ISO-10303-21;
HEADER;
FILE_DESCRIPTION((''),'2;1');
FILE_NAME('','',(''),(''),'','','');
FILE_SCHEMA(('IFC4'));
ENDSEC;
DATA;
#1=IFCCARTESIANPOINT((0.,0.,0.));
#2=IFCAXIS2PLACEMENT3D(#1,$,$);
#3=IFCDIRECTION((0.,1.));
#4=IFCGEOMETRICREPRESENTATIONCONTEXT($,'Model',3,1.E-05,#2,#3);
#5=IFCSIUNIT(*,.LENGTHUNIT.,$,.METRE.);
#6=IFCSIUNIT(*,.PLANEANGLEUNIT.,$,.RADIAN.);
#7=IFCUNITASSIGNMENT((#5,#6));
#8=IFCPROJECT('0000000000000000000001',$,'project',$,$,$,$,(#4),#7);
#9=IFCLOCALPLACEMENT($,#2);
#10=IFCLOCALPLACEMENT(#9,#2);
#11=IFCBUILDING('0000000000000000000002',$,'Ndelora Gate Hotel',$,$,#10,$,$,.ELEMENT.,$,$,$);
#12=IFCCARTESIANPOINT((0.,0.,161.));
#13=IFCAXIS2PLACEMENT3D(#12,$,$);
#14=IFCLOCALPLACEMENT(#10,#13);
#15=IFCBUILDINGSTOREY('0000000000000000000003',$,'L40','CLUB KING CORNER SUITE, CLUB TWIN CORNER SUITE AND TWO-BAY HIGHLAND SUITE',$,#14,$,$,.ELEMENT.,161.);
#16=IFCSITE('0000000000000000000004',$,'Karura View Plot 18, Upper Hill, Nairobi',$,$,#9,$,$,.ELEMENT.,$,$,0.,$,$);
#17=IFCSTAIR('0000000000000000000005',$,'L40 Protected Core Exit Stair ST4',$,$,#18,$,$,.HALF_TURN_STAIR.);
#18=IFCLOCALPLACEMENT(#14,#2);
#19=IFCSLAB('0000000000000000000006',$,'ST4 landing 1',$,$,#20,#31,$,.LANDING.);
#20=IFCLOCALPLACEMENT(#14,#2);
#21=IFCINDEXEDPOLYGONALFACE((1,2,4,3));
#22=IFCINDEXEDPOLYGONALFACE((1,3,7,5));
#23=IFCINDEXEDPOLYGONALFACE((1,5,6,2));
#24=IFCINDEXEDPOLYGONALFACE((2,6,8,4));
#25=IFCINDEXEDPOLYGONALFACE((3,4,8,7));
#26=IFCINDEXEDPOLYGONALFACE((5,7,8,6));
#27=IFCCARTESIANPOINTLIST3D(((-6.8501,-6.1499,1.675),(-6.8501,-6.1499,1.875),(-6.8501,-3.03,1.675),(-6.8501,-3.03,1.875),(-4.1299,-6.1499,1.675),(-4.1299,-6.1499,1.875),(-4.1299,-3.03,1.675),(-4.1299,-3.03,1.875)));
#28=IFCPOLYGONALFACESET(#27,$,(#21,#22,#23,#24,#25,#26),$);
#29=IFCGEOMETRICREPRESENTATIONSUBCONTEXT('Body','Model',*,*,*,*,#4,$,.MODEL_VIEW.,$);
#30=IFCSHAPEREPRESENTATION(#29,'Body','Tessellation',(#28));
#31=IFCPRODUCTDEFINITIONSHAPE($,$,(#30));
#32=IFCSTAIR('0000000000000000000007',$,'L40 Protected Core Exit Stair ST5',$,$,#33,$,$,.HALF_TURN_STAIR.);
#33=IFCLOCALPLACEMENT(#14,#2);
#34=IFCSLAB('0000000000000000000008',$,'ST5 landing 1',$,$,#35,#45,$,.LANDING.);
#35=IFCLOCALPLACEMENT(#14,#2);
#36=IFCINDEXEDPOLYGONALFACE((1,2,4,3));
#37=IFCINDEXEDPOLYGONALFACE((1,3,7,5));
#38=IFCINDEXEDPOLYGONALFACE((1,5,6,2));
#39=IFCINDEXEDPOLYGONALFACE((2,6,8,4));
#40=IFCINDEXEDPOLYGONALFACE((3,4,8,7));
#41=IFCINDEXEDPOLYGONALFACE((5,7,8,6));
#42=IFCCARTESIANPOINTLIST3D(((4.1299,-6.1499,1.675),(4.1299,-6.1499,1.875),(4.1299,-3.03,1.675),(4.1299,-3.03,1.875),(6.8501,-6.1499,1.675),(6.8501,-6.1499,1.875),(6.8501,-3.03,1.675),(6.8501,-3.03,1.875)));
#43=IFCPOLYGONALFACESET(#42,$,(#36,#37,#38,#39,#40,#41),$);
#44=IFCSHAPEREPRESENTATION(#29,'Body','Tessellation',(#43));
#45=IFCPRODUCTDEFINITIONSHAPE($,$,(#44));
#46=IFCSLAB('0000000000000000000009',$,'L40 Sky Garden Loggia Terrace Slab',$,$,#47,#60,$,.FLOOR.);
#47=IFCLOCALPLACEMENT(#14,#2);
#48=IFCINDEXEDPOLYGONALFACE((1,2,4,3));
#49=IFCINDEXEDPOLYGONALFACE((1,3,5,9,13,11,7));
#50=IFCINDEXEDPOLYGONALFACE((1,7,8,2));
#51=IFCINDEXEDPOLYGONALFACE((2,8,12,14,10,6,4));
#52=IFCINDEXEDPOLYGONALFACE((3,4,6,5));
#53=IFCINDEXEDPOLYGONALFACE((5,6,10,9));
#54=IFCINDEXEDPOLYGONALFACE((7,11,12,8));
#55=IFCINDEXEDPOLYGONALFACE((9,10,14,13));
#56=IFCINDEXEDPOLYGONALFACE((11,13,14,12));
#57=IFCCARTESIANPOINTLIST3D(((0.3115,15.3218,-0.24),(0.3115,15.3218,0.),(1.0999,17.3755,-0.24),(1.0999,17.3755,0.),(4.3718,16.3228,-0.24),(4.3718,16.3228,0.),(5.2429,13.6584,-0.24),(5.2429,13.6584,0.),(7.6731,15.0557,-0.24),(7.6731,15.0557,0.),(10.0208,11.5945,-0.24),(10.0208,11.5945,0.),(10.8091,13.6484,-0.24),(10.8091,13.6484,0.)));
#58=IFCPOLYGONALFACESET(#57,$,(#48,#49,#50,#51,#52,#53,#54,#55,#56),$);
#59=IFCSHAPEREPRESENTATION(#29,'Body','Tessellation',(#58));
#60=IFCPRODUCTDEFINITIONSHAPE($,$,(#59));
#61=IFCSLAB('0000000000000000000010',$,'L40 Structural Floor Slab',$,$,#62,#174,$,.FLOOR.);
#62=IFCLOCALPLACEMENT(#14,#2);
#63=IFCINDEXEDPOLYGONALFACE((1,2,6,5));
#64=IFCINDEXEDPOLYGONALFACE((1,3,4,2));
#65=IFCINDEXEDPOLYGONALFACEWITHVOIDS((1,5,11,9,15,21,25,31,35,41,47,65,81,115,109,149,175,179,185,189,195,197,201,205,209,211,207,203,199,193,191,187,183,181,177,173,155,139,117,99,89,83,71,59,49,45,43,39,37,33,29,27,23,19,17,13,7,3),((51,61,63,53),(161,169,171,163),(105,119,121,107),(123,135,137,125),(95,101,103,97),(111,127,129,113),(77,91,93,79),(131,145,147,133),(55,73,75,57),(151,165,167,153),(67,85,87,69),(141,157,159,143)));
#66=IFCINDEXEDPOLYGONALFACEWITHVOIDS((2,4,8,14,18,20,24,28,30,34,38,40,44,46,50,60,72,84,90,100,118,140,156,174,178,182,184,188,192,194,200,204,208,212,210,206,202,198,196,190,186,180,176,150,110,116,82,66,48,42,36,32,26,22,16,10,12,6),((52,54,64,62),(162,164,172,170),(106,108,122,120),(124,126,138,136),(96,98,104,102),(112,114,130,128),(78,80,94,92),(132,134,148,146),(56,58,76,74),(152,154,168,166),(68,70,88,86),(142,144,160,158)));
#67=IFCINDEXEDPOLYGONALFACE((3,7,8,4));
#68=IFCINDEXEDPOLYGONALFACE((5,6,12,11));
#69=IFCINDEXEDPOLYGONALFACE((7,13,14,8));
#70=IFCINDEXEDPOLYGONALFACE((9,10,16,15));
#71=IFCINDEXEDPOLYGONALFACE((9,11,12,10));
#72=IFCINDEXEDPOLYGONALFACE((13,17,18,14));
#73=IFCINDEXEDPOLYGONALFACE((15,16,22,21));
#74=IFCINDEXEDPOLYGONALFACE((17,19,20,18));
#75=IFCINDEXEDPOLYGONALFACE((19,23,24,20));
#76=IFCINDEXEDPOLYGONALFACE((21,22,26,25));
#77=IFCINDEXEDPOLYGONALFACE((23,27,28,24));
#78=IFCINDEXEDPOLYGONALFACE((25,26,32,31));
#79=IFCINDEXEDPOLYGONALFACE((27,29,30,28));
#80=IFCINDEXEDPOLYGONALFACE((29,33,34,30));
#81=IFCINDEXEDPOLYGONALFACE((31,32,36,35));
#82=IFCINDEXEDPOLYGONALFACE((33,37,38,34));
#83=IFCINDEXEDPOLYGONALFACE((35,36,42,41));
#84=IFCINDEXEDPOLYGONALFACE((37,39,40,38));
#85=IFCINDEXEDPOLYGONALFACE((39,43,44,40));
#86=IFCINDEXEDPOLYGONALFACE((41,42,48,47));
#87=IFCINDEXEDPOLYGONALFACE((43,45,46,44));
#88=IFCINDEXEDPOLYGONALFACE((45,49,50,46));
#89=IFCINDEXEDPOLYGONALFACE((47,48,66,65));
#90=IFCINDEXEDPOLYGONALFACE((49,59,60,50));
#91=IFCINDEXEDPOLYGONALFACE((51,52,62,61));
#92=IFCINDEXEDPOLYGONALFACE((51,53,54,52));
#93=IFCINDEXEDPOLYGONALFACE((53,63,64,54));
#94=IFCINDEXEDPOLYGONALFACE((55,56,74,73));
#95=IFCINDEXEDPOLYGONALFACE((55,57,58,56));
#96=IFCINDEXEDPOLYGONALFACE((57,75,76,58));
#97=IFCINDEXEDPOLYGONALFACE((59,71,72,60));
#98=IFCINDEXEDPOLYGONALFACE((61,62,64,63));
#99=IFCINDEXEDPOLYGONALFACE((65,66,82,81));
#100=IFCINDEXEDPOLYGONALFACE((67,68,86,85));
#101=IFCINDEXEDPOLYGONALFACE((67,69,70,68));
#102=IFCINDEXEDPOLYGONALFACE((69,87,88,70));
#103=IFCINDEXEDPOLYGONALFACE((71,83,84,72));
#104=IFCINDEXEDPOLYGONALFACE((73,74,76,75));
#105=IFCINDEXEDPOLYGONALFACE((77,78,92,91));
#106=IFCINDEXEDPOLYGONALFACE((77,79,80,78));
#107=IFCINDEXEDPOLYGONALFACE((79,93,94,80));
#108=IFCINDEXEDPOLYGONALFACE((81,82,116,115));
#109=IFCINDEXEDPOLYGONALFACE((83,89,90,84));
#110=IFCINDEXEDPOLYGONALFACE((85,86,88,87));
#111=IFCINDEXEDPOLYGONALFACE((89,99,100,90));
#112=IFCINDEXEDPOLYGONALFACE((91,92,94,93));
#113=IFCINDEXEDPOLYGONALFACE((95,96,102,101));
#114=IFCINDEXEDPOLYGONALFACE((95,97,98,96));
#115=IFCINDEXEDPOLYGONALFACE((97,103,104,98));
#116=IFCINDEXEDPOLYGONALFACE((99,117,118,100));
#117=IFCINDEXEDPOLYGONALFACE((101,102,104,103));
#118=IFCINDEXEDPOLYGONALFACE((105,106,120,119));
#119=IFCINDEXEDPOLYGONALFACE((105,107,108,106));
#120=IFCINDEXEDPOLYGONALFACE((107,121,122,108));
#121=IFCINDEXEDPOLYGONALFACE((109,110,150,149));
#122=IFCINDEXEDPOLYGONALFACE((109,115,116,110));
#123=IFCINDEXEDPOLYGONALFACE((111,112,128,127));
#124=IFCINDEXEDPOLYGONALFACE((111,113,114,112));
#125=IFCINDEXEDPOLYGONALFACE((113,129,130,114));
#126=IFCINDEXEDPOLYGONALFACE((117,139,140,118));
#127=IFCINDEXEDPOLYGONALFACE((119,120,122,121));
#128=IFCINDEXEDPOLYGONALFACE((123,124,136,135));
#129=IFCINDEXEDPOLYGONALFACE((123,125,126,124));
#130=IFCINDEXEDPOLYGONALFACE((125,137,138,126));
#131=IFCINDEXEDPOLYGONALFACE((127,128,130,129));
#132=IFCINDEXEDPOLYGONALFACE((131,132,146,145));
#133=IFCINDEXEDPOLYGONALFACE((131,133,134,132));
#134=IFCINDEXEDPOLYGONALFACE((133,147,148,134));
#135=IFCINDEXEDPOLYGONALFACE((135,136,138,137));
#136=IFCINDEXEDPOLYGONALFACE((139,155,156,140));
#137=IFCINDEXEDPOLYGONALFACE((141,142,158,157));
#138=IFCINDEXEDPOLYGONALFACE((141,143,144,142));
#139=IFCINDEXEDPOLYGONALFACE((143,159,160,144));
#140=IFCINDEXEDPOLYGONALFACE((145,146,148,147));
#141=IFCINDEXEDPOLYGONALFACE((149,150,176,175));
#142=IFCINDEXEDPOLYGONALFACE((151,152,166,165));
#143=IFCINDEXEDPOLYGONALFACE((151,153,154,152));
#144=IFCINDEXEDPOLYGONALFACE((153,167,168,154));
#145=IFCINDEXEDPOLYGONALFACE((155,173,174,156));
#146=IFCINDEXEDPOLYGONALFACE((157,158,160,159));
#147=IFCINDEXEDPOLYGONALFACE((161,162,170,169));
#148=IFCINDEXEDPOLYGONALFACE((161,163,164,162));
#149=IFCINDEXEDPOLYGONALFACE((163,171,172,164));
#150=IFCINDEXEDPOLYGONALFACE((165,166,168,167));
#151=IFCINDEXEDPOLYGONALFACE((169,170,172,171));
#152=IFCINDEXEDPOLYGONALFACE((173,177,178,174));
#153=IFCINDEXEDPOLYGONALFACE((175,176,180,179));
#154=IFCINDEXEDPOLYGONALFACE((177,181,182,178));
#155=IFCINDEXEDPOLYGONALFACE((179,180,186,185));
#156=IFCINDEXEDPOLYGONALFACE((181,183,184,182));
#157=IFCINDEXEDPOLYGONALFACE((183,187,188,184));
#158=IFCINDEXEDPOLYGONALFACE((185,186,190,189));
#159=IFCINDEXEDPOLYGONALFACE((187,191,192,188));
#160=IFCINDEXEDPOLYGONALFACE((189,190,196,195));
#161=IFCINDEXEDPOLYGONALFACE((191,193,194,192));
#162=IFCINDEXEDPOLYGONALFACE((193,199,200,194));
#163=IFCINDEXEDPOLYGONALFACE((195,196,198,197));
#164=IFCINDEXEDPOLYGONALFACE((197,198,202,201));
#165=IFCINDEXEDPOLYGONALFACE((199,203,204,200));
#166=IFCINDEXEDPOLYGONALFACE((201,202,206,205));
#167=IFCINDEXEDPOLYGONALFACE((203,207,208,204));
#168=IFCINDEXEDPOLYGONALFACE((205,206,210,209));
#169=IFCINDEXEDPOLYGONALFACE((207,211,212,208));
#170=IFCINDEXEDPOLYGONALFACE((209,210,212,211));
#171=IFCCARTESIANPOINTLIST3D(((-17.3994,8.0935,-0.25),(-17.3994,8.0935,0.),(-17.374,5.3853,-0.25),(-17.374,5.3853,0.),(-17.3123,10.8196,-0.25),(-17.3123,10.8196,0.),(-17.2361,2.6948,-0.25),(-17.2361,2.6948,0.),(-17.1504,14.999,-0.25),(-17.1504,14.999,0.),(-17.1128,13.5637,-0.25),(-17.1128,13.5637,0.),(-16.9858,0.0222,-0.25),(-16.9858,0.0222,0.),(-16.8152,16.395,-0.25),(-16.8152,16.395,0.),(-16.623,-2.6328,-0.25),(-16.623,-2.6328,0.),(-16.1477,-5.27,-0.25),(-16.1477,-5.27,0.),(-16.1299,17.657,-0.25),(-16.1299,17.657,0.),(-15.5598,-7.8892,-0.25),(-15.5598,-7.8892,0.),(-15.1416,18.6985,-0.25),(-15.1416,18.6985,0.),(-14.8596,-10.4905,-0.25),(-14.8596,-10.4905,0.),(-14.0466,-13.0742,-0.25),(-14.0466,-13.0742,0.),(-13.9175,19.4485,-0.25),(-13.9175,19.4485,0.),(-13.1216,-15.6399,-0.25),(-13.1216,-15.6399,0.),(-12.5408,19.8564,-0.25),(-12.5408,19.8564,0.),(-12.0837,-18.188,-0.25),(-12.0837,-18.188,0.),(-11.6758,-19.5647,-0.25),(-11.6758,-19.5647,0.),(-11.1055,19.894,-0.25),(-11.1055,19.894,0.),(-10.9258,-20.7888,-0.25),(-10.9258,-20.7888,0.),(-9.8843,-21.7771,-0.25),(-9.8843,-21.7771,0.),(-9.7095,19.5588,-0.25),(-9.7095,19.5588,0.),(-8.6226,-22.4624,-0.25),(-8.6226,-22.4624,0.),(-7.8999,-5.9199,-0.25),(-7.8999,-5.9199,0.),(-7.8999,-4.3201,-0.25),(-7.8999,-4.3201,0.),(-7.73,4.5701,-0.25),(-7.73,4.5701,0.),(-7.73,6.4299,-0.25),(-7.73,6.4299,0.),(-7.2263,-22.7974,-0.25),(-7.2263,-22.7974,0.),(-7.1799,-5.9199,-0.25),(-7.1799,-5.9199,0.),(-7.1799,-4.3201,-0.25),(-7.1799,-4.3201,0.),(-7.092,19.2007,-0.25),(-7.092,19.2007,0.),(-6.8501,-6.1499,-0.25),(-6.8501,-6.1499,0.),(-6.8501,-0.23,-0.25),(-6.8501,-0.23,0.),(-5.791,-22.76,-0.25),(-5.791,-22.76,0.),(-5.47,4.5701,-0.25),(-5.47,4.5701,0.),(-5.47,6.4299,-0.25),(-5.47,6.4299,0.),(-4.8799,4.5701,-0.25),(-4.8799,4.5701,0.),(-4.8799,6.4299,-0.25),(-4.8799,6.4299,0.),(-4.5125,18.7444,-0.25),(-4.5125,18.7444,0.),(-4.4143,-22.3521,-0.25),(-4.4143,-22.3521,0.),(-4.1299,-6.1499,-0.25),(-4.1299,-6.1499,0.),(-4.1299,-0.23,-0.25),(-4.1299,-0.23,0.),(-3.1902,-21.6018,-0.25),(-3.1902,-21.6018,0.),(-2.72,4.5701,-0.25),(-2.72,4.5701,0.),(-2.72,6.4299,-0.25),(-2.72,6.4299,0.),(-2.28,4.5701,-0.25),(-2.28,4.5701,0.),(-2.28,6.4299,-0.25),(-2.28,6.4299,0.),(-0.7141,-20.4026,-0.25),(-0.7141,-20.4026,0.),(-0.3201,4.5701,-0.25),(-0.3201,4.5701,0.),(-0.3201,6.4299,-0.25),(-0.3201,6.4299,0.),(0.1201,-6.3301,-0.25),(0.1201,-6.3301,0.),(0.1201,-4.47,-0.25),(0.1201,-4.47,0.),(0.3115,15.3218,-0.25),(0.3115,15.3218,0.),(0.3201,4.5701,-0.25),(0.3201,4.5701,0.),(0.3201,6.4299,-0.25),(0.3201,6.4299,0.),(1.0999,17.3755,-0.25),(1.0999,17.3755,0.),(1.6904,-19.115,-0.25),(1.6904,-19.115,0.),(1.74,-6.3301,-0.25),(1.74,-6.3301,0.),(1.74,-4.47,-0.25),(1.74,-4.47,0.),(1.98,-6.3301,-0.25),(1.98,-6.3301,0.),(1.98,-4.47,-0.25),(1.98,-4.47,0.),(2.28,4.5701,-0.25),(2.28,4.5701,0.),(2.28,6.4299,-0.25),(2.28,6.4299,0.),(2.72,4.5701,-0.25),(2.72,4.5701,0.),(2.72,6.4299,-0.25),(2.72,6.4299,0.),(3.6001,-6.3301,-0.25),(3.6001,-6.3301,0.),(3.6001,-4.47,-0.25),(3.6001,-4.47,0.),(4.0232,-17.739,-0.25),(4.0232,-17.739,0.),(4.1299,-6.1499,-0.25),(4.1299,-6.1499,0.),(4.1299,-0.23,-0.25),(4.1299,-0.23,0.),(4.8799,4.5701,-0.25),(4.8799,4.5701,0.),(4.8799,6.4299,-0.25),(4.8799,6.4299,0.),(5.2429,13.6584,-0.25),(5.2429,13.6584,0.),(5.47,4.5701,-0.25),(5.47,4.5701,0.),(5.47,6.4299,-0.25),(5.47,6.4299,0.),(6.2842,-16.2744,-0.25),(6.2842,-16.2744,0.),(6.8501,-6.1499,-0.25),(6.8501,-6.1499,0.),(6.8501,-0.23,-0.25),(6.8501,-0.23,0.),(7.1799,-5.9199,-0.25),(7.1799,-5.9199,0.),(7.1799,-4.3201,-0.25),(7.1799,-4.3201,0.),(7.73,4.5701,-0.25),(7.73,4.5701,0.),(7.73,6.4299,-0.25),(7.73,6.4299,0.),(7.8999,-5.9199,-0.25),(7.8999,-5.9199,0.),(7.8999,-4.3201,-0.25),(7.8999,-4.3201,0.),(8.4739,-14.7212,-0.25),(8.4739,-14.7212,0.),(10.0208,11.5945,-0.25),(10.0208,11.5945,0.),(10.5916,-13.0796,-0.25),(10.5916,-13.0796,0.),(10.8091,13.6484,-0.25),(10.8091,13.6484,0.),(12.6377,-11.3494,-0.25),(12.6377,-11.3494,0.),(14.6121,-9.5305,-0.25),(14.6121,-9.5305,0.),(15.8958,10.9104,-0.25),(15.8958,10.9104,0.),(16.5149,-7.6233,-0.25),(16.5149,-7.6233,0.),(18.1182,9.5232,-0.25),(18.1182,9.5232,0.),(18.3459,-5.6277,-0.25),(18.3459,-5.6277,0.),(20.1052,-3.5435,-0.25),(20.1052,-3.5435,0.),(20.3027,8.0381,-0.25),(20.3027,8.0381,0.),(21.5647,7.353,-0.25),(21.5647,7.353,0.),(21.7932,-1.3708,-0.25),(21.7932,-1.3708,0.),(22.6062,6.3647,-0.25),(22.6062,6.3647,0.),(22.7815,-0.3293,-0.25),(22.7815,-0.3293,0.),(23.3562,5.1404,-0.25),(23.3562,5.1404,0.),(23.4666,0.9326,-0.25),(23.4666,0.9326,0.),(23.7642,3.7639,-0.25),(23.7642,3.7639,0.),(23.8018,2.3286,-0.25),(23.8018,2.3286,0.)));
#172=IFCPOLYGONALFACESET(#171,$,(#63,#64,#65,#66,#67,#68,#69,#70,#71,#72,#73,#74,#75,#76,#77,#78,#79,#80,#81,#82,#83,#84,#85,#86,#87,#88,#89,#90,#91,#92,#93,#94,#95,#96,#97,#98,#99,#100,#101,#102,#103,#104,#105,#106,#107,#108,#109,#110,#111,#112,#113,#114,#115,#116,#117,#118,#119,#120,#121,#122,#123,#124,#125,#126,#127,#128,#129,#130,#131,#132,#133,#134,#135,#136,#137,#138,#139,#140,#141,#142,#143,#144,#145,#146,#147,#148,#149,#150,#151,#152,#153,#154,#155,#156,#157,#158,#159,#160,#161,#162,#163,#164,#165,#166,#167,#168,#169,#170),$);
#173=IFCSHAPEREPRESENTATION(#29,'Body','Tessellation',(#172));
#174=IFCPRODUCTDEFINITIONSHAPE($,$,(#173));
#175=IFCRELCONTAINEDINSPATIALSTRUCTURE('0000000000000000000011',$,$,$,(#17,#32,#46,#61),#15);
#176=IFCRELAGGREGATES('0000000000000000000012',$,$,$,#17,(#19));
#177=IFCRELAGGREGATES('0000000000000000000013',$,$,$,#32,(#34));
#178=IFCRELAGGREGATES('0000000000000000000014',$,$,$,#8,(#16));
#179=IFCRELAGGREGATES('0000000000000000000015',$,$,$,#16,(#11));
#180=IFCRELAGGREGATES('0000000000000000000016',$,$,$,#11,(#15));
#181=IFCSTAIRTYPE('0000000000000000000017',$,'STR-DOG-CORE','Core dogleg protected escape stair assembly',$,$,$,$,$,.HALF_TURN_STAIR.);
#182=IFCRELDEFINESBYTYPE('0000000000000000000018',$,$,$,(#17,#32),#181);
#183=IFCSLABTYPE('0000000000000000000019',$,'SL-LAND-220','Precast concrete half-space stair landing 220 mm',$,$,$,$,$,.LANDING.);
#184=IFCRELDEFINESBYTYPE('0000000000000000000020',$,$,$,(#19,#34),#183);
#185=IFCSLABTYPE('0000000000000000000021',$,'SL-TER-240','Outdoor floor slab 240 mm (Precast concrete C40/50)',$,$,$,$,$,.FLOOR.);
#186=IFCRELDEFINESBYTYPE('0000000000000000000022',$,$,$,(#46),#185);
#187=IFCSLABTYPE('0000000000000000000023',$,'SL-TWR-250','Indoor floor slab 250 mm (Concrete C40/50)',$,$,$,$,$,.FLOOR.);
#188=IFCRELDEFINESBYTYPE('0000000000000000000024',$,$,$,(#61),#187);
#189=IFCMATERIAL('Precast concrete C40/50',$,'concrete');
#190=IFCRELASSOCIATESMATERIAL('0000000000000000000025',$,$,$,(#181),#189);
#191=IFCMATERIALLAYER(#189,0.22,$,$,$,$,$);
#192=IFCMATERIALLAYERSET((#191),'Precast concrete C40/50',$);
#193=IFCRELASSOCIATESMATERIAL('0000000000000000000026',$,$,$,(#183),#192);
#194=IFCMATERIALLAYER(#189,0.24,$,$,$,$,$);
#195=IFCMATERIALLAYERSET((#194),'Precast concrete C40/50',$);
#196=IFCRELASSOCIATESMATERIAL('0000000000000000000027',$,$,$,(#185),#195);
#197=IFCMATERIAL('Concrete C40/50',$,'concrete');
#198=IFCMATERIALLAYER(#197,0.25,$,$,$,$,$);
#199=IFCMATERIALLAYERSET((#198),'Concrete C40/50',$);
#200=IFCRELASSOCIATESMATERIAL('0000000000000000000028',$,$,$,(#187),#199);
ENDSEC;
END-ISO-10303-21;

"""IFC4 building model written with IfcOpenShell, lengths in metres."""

from ifc_helpers import new_model, si_unit, direction, frame, origin, place, context, subcontext, project, spatial, polyline, outline, extrude, material, layer, layer_set, type_object, element, aggregate, save


model = new_model("IFC4")

# Units and contexts
model_context = context("Model", 3, precision=1e-05, world=origin(), true_north=direction((0.0, 1.0)))
body_context = subcontext(model_context, "Body", "Model", "MODEL_VIEW")
ifc_project = project(units=[si_unit("LENGTHUNIT", "METRE"), si_unit("PLANEANGLEUNIT", "RADIAN")], contexts=[model_context])

# Site, building, storey
site_placement = place(None, origin())
site = spatial("IfcSite", under=ifc_project, at=site_placement, Name="Karura View Plot 18, Upper Hill, Nairobi", CompositionType="ELEMENT", RefElevation=0.0)
building_placement = place(site_placement, origin())
building = spatial("IfcBuilding", under=site, at=building_placement, Name="Ndelora Gate Hotel", CompositionType="ELEMENT")
storey_placement = place(building_placement, frame((0.0, 0.0, 161.0)))
storey = spatial("IfcBuildingStorey", under=building, at=storey_placement, Name="L40", Description="CLUB KING CORNER SUITE, CLUB TWIN CORNER SUITE AND TWO-BAY HIGHLAND SUITE", CompositionType="ELEMENT", Elevation=161.0)

# Stairs, slabs
ifc_material_1 = material(Name="Precast concrete C40/50", Category="concrete")
stair_type = type_object("IfcStairType", Name="STR-DOG-CORE", Description="Core dogleg protected escape stair assembly", PredefinedType="HALF_TURN_STAIR", material=ifc_material_1)
stair_1_placement = place(storey_placement, origin())
stair_1 = element("IfcStair", 1, at=stair_1_placement, inside=storey, type_object=stair_type, Name="L40 Protected Core Exit Stair ST4", PredefinedType="HALF_TURN_STAIR")
ifc_layer_1 = layer(ifc_material_1, 0.22)
ifc_layer_set_1 = layer_set([ifc_layer_1], Name="Precast concrete C40/50")
slab_type_1 = type_object("IfcSlabType", Name="SL-LAND-220", Description="Precast concrete half-space stair landing 220 mm", PredefinedType="LANDING", material=ifc_layer_set_1)
slab_1_placement = place(storey_placement, frame((0.0, 0.0, 1.675)))
slab_1 = element("IfcSlab", 2, at=slab_1_placement, type_object=slab_type_1, Name="ST4 landing 1", PredefinedType="LANDING", context=body_context, shape_type="SweptSolid", body=[
    extrude(outline(polyline([(-6.8501, -3.03), (-6.8501, -6.1499), (-4.1299, -6.1499), (-4.1299, -3.03), (-6.8501, -3.03)])), origin(), (0.0, 0.0, 1.0), 0.2),
])
aggregate(stair_1, [slab_1])
stair_2_placement = place(storey_placement, origin())
stair_2 = element("IfcStair", 3, at=stair_2_placement, inside=storey, type_object=stair_type, Name="L40 Protected Core Exit Stair ST5", PredefinedType="HALF_TURN_STAIR")
slab_2_placement = place(storey_placement, frame((0.0, 0.0, 1.675)))
slab_2 = element("IfcSlab", 4, at=slab_2_placement, type_object=slab_type_1, Name="ST5 landing 1", PredefinedType="LANDING", context=body_context, shape_type="SweptSolid", body=[
    extrude(outline(polyline([(4.1299, -3.03), (4.1299, -6.1499), (6.8501, -6.1499), (6.8501, -3.03), (4.1299, -3.03)])), origin(), (0.0, 0.0, 1.0), 0.2),
])

# Slabs
ifc_layer_2 = layer(ifc_material_1, 0.24)
ifc_layer_set_2 = layer_set([ifc_layer_2], Name="Precast concrete C40/50")
slab_type_2 = type_object("IfcSlabType", Name="SL-TER-240", Description="Outdoor floor slab 240 mm (Precast concrete C40/50)", PredefinedType="FLOOR", material=ifc_layer_set_2)
slab_3_placement = place(storey_placement, frame((0.0, 0.0, -0.24)))
element("IfcSlab", 5, at=slab_3_placement, inside=storey, type_object=slab_type_2, Name="L40 Sky Garden Loggia Terrace Slab", PredefinedType="FLOOR", context=body_context, shape_type="SweptSolid", body=[
    extrude(outline(polyline([(10.0208, 11.5945), (10.8091, 13.6484), (7.6731, 15.0557), (4.3718, 16.3228), (1.0999, 17.3755), (0.3115, 15.3218), (5.2429, 13.6584), (10.0208, 11.5945)])), origin(), (0.0, 0.0, 1.0), 0.24),
])
ifc_material_2 = material(Name="Concrete C40/50", Category="concrete")
ifc_layer_3 = layer(ifc_material_2, 0.25)
ifc_layer_set_3 = layer_set([ifc_layer_3], Name="Concrete C40/50")
slab_type_3 = type_object("IfcSlabType", Name="SL-TWR-250", Description="Indoor floor slab 250 mm (Concrete C40/50)", PredefinedType="FLOOR", material=ifc_layer_set_3)
slab_4_placement = place(storey_placement, frame((0.0, 0.0, -0.25)))
element("IfcSlab", 6, at=slab_4_placement, inside=storey, type_object=slab_type_3, Name="L40 Structural Floor Slab", PredefinedType="FLOOR", context=body_context, shape_type="SweptSolid", body=[
    extrude(outline(polyline([(-9.7095, 19.5588), (-11.1055, 19.894), (-12.5408, 19.8564), (-13.9175, 19.4485), (-15.1416, 18.6985), (-16.1299, 17.657), (-16.8152, 16.395), (-17.1504, 14.999), (-17.1128, 13.5637), (-17.3123, 10.8196), (-17.3994, 8.0935), (-17.374, 5.3853), (-17.2361, 2.6948), (-16.9858, 0.0222), (-16.623, -2.6328), (-16.1477, -5.27), (-15.5598, -7.8892), (-14.8596, -10.4905), (-14.0466, -13.0742), (-13.1216, -15.6399), (-12.0837, -18.188), (-11.6758, -19.5647), (-10.9258, -20.7888), (-9.8843, -21.7771), (-8.6226, -22.4624), (-7.2263, -22.7974), (-5.791, -22.76), (-4.4143, -22.3521), (-3.1902, -21.6018), (-0.7141, -20.4026), (1.6904, -19.115), (4.0232, -17.739), (6.2842, -16.2744), (8.4739, -14.7212), (10.5916, -13.0796), (12.6377, -11.3494), (14.6121, -9.5305), (16.5149, -7.6233), (18.3459, -5.6277), (20.1052, -3.5435), (21.7932, -1.3708), (22.7815, -0.3293), (23.4666, 0.9326), (23.8018, 2.3286), (23.7642, 3.7639), (23.3562, 5.1404), (22.6062, 6.3647), (21.5647, 7.353), (20.3027, 8.0381), (18.1182, 9.5232), (15.8958, 10.9104), (10.8091, 13.6484), (10.0208, 11.5945), (5.2429, 13.6584), (0.3115, 15.3218), (1.0999, 17.3755), (-4.5125, 18.7444), (-7.092, 19.2007), (-9.7095, 19.5588)]), holes=[polyline([(-6.8501, -0.23), (-6.8501, -6.1499), (-4.1299, -6.1499), (-4.1299, -0.23), (-6.8501, -0.23)]), polyline([(4.1299, -0.23), (4.1299, -6.1499), (6.8501, -6.1499), (6.8501, -0.23), (4.1299, -0.23)]), polyline([(-7.73, 4.5701), (-5.47, 4.5701), (-5.47, 6.4299), (-7.73, 6.4299), (-7.73, 4.5701)]), polyline([(5.47, 4.5701), (7.73, 4.5701), (7.73, 6.4299), (5.47, 6.4299), (5.47, 4.5701)]), polyline([(-4.8799, 4.5701), (-2.72, 4.5701), (-2.72, 6.4299), (-4.8799, 6.4299), (-4.8799, 4.5701)]), polyline([(2.72, 4.5701), (4.8799, 4.5701), (4.8799, 6.4299), (2.72, 6.4299), (2.72, 4.5701)]), polyline([(0.1201, -6.3301), (1.74, -6.3301), (1.74, -4.47), (0.1201, -4.47), (0.1201, -6.3301)]), polyline([(1.98, -6.3301), (3.6001, -6.3301), (3.6001, -4.47), (1.98, -4.47), (1.98, -6.3301)]), polyline([(-2.28, 4.5701), (-0.3201, 4.5701), (-0.3201, 6.4299), (-2.28, 6.4299), (-2.28, 4.5701)]), polyline([(0.3201, 4.5701), (2.28, 4.5701), (2.28, 6.4299), (0.3201, 6.4299), (0.3201, 4.5701)]), polyline([(-7.8999, -5.9199), (-7.1799, -5.9199), (-7.1799, -4.3201), (-7.8999, -4.3201), (-7.8999, -5.9199)]), polyline([(7.1799, -5.9199), (7.8999, -5.9199), (7.8999, -4.3201), (7.1799, -4.3201), (7.1799, -5.9199)])]), origin(), (0.0, 0.0, 1.0), 0.25),
])

aggregate(stair_2, [slab_2])

save(model, "model.ifc")
